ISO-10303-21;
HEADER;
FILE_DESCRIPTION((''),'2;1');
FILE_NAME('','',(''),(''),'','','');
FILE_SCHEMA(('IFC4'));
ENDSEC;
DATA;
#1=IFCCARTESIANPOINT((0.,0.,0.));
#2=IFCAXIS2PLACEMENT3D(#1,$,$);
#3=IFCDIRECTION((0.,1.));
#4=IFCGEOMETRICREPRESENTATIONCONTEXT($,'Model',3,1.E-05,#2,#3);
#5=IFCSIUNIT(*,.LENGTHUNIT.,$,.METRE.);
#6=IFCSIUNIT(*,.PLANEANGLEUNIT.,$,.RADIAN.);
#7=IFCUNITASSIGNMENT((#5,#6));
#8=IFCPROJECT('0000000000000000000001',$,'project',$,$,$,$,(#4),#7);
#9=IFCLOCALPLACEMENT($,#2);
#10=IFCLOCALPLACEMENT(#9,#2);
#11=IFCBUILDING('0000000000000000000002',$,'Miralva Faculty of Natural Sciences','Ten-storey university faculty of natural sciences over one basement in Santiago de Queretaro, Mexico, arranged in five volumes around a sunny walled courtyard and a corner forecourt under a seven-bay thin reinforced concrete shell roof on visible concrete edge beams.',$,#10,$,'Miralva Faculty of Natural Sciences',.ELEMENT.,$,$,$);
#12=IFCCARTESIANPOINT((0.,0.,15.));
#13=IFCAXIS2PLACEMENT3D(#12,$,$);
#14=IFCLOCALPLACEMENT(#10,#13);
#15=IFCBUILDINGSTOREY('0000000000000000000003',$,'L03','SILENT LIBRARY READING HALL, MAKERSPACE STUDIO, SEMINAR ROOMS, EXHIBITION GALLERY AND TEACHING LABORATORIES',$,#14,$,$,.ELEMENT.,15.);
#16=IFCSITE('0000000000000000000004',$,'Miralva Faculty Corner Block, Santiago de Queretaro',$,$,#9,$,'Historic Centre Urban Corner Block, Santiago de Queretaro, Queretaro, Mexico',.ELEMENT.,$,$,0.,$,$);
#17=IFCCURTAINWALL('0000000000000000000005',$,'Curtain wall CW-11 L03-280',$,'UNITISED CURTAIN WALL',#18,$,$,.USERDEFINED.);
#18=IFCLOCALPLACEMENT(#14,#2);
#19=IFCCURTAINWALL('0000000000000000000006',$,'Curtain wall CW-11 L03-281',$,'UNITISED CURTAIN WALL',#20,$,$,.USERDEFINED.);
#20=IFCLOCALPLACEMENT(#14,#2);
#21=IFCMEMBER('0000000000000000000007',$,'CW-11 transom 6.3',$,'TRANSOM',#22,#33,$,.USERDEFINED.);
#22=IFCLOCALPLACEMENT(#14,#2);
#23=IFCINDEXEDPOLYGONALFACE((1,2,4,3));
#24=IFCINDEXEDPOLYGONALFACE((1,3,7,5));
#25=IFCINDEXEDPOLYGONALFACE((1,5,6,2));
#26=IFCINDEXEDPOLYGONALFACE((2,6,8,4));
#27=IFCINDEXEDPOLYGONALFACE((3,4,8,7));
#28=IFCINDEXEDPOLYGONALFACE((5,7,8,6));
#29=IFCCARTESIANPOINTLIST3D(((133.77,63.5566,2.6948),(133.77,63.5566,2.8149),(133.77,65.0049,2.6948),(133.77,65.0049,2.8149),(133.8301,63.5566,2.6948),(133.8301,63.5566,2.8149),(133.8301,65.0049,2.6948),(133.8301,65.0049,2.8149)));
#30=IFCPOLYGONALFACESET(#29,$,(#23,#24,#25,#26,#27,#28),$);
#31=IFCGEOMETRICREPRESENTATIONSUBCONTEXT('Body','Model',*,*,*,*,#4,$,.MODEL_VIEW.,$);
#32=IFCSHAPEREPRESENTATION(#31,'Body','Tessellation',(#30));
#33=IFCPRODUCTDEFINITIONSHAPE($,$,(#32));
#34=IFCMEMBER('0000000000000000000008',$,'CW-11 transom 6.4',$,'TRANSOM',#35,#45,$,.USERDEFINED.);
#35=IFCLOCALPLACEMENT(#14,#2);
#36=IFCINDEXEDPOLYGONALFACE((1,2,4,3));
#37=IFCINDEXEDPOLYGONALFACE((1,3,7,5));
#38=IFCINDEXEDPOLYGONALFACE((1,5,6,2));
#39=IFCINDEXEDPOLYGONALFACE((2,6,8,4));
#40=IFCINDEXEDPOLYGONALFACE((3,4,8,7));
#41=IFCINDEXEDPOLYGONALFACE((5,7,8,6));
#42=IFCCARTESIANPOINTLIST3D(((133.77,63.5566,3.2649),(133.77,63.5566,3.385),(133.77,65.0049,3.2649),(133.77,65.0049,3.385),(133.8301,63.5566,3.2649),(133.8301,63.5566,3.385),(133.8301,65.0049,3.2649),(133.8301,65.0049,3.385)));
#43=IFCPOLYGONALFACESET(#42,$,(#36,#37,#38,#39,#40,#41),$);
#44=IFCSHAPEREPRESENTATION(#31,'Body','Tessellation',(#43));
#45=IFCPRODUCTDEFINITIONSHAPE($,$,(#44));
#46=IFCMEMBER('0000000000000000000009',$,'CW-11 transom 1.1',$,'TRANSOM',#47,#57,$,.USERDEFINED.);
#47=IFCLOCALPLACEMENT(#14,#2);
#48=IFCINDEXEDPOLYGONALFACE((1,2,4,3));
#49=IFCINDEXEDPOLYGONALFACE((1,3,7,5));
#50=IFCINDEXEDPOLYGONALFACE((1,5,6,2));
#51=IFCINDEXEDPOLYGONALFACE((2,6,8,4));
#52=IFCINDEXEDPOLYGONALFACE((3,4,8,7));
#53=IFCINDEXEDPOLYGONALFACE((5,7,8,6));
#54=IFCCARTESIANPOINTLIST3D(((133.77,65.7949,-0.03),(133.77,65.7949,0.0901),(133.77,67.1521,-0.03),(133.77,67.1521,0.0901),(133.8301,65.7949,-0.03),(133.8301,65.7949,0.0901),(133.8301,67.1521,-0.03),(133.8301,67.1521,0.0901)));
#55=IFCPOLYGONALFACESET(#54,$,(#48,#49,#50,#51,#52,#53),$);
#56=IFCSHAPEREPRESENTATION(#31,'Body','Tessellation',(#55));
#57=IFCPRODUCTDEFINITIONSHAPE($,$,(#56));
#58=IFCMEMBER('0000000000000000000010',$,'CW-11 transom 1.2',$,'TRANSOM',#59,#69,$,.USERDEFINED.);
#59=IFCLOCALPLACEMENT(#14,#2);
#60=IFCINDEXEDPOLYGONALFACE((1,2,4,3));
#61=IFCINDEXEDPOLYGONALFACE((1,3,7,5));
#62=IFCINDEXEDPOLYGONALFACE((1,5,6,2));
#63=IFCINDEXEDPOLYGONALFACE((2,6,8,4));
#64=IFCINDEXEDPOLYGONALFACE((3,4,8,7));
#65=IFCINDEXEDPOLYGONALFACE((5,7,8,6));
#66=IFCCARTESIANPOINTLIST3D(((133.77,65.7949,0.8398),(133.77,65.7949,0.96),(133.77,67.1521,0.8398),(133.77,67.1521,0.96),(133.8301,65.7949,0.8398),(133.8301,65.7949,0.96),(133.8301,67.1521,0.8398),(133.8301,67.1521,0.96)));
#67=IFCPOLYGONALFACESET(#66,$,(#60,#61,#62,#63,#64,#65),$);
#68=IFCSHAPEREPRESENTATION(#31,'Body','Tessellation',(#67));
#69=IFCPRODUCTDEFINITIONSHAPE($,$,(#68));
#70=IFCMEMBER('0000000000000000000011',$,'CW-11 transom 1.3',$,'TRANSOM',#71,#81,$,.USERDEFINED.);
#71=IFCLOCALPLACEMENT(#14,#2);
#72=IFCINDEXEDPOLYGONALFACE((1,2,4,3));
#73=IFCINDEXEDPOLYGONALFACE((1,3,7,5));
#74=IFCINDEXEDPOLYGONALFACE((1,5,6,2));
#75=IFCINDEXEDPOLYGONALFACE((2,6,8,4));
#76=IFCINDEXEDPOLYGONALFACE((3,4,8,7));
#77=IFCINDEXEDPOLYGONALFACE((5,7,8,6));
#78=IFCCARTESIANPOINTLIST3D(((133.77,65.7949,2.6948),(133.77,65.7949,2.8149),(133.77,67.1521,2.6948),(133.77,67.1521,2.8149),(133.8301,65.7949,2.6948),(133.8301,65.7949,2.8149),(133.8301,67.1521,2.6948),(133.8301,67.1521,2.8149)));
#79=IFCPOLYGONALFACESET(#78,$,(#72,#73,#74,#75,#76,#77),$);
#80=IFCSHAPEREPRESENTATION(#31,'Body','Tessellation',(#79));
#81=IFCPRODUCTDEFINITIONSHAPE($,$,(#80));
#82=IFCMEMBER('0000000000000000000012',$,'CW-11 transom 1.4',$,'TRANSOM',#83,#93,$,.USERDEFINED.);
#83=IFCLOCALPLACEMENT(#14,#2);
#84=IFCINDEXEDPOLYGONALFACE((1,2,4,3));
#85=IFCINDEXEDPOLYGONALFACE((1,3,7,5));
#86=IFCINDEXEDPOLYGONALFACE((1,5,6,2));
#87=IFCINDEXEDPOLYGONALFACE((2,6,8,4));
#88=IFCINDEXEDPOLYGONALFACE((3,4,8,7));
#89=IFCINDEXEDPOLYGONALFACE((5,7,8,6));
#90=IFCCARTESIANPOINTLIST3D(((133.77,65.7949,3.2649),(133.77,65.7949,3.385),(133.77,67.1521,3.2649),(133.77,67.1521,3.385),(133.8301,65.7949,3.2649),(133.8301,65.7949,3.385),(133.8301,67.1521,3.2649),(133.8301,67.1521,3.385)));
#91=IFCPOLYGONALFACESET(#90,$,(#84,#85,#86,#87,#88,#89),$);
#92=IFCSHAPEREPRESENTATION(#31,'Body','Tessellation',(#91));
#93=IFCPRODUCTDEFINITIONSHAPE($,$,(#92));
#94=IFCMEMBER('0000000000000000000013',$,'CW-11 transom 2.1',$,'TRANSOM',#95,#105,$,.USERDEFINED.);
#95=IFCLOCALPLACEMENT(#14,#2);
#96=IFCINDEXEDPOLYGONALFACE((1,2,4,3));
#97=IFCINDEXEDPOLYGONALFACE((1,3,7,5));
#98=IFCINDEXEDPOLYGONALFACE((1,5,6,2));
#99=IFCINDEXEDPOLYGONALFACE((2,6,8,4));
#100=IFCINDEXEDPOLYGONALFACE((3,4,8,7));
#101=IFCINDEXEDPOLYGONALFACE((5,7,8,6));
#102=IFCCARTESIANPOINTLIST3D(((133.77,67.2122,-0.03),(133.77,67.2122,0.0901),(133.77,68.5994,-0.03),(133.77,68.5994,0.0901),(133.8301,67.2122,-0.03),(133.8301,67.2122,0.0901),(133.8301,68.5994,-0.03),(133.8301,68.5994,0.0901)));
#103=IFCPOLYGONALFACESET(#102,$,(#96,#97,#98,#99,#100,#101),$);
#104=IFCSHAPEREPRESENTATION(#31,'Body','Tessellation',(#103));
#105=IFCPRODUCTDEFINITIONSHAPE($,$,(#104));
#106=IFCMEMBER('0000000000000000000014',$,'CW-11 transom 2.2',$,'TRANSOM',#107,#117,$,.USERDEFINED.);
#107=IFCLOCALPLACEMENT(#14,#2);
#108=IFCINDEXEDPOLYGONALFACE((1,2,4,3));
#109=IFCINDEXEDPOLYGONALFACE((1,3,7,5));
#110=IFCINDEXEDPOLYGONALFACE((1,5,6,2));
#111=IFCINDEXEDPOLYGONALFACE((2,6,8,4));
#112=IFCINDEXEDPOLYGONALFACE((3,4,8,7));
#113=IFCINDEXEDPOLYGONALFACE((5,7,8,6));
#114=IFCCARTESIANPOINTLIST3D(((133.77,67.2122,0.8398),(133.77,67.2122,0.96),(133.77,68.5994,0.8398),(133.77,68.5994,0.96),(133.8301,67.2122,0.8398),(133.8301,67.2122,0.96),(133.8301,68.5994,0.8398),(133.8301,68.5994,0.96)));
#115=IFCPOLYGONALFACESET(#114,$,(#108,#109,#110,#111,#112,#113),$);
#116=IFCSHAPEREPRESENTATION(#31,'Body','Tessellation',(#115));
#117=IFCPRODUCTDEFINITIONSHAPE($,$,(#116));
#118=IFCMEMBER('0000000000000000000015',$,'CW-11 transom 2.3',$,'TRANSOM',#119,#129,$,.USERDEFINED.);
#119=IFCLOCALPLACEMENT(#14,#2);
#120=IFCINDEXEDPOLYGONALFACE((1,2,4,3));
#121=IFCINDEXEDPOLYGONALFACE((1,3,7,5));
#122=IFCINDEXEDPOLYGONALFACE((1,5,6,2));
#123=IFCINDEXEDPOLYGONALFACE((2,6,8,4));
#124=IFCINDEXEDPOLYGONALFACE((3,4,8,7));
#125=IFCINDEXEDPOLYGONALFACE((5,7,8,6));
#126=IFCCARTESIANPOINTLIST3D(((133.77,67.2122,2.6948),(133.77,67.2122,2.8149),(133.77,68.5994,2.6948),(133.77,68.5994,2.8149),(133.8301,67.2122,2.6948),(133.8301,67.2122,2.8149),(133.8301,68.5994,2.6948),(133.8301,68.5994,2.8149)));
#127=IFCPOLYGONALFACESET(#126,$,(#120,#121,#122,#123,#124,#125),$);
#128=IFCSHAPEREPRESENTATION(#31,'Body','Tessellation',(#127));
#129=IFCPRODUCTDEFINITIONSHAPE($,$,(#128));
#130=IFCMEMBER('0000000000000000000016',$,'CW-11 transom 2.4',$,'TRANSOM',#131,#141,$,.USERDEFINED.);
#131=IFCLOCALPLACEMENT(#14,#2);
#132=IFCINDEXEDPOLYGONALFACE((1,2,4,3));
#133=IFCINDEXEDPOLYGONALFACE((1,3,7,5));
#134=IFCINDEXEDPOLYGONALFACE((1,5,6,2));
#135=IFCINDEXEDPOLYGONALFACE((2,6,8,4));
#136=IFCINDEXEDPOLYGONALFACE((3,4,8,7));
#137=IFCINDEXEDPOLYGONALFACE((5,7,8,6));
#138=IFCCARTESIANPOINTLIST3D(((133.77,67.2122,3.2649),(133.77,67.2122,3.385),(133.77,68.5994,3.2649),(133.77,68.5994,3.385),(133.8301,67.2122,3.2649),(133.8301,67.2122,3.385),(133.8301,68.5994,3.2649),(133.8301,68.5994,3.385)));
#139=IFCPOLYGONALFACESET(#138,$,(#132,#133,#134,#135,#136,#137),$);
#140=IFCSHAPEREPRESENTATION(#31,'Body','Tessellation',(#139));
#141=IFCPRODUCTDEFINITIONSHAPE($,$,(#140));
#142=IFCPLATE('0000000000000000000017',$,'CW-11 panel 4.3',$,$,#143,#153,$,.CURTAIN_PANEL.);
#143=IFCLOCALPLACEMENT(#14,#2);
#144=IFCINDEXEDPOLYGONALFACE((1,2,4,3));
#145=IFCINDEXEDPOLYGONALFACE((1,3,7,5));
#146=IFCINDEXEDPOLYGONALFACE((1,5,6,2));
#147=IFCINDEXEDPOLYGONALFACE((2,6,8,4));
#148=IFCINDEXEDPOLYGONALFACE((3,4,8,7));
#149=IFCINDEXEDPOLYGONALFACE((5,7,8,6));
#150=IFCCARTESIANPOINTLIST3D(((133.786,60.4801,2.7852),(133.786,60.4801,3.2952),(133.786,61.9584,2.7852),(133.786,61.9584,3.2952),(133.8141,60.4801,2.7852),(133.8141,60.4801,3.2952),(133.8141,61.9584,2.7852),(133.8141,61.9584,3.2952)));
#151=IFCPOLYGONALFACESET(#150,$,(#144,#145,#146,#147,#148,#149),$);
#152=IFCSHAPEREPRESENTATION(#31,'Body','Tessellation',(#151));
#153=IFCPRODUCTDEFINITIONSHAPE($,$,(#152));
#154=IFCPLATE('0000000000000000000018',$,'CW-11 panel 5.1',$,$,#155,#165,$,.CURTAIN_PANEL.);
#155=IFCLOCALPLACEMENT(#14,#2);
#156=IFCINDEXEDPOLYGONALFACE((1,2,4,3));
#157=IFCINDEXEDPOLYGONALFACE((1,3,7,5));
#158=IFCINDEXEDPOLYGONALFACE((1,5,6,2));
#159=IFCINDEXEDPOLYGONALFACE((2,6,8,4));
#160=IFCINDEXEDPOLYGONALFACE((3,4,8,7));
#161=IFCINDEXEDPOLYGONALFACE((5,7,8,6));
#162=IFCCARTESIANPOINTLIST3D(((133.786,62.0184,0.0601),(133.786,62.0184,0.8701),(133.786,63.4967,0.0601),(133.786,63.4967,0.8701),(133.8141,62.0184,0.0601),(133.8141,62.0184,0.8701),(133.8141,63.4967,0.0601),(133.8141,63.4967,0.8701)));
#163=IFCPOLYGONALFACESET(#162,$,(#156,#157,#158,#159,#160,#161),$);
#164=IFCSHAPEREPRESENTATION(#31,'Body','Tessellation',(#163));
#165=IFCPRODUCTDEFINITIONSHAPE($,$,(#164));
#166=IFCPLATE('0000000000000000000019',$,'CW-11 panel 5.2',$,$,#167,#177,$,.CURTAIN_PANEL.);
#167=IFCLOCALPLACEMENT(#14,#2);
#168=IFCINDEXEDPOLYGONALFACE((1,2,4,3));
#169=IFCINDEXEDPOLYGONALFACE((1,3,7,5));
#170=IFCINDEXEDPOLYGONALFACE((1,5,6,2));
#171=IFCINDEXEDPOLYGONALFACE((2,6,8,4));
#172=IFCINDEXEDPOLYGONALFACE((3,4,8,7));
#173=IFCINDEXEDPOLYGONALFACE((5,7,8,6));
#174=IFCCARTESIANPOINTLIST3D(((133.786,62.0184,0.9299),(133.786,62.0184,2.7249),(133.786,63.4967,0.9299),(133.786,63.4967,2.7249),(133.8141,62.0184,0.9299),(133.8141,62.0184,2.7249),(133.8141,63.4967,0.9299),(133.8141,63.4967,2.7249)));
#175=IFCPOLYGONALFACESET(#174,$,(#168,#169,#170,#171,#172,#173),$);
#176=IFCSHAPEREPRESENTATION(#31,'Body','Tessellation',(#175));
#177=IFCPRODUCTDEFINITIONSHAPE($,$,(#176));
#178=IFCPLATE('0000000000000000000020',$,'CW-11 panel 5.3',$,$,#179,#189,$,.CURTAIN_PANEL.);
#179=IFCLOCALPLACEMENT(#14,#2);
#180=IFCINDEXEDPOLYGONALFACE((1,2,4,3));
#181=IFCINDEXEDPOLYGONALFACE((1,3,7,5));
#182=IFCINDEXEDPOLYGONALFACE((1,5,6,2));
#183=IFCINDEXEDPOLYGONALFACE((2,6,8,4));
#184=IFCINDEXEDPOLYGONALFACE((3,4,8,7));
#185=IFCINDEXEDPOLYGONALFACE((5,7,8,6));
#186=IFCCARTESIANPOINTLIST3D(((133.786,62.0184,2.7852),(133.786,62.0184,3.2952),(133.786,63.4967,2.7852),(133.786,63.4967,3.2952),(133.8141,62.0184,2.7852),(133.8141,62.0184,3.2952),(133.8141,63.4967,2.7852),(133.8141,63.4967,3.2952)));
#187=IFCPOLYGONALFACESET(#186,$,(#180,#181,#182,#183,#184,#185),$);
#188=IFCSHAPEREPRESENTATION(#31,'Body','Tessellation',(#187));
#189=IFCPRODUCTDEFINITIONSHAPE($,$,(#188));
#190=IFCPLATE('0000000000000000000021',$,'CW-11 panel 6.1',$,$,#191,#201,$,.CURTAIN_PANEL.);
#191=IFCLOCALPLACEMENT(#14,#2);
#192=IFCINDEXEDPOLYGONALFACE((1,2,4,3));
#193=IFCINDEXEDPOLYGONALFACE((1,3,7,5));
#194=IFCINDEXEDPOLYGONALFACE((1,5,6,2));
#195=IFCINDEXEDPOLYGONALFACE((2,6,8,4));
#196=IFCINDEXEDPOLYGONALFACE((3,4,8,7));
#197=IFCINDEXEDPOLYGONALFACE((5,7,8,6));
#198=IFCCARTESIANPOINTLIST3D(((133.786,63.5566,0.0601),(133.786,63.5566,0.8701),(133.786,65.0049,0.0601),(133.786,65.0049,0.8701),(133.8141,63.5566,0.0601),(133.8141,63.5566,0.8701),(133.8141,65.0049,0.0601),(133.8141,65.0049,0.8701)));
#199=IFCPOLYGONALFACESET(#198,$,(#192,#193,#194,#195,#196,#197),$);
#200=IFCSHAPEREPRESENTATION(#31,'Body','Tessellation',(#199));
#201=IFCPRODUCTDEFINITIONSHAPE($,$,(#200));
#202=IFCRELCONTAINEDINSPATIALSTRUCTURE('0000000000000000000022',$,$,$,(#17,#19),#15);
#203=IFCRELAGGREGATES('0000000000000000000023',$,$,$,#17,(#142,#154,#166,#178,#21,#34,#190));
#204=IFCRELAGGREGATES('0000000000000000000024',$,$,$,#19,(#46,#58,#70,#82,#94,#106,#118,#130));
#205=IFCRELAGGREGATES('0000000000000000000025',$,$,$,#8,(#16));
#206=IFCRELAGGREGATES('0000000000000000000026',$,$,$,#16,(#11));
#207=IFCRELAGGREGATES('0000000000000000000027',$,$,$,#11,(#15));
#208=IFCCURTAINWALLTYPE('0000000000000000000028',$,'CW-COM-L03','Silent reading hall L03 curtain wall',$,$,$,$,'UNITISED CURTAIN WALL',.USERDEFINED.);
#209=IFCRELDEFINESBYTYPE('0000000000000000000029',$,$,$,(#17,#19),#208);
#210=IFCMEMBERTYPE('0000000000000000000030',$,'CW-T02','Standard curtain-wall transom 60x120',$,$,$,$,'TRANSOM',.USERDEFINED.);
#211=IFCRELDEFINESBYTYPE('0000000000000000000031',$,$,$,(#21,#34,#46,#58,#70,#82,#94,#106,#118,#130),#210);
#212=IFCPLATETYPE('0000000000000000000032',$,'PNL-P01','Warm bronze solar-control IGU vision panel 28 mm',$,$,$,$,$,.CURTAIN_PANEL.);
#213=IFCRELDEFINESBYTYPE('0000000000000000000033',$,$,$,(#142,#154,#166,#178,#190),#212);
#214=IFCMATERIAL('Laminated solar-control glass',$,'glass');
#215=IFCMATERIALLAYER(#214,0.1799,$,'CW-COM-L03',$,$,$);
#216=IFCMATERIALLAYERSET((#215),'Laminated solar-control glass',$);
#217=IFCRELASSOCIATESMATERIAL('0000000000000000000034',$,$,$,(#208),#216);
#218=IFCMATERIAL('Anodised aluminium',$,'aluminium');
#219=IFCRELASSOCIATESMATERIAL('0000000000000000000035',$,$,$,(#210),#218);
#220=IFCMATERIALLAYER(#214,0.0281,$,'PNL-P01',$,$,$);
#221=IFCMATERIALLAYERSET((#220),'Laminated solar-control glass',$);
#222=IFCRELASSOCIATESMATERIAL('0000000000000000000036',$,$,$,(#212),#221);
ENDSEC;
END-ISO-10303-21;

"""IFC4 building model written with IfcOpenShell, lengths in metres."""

from ifc_helpers import new_model, si_unit, direction, frame, origin, origin_2d, place, context, subcontext, project, spatial, rectangle, extrude, material, layer, layer_set, material_profile, profile_set, type_object, element, aggregate, save


model = new_model("IFC4")

# Units and contexts
model_context = context("Model", 3, precision=1e-05, world=origin(), true_north=direction((0.0, 1.0)))
body_context = subcontext(model_context, "Body", "Model", "MODEL_VIEW")
ifc_project = project(units=[si_unit("LENGTHUNIT", "METRE"), si_unit("PLANEANGLEUNIT", "RADIAN")], contexts=[model_context])

# Site, building, storey
site_placement = place(None, origin())
site = spatial("IfcSite", under=ifc_project, at=site_placement, Name="Miralva Faculty Corner Block, Santiago de Queretaro", LongName="Historic Centre Urban Corner Block, Santiago de Queretaro, Queretaro, Mexico", CompositionType="ELEMENT", RefElevation=0.0)
building_placement = place(site_placement, origin())
building = spatial("IfcBuilding", under=site, at=building_placement, Name="Miralva Faculty of Natural Sciences", Description="Ten-storey university faculty of natural sciences over one basement in Santiago de Queretaro, Mexico, arranged in five volumes around a sunny walled courtyard and a corner forecourt under a seven-bay thin reinforced concrete shell roof on visible concrete edge beams.", LongName="Miralva Faculty of Natural Sciences", CompositionType="ELEMENT")
storey_placement = place(building_placement, frame((0.0, 0.0, 15.0)))
storey = spatial("IfcBuildingStorey", under=building, at=storey_placement, Name="L03", Description="SILENT LIBRARY READING HALL, MAKERSPACE STUDIO, SEMINAR ROOMS, EXHIBITION GALLERY AND TEACHING LABORATORIES", CompositionType="ELEMENT", Elevation=15.0)

# Curtain walls
ifc_material_1 = material(Name="Laminated solar-control glass", Category="glass")
ifc_layer_1 = layer(ifc_material_1, 0.1799, Name="CW-COM-L03")
ifc_layer_set_1 = layer_set([ifc_layer_1], Name="Laminated solar-control glass")
curtain_wall_type = type_object("IfcCurtainWallType", Name="CW-COM-L03", Description="Silent reading hall L03 curtain wall", ElementType="UNITISED CURTAIN WALL", PredefinedType="USERDEFINED", material=ifc_layer_set_1)
curtain_wall_1_placement = place(storey_placement, origin())
curtain_wall_1 = element("IfcCurtainWall", 1, at=curtain_wall_1_placement, inside=storey, type_object=curtain_wall_type, Name="Curtain wall CW-11 L03-280", ObjectType="UNITISED CURTAIN WALL", PredefinedType="USERDEFINED")
ifc_material_2 = material(Name="Anodised aluminium", Category="aluminium")
curtain_wall_2_placement = place(storey_placement, origin())
curtain_wall_2 = element("IfcCurtainWall", 2, at=curtain_wall_2_placement, inside=storey, type_object=curtain_wall_type, Name="Curtain wall CW-11 L03-281", ObjectType="UNITISED CURTAIN WALL", PredefinedType="USERDEFINED")

# Members
ifc_material_profile_1 = material_profile(ifc_material_2, rectangle(XDim=0.0601, YDim=0.1201, at=origin_2d()), Name="TRANSOM 60x120")
ifc_profile_set_1 = profile_set([ifc_material_profile_1], Name="Anodised aluminium")
member_type_1 = type_object("IfcMemberType", Name="CW-T02", Description="Standard curtain-wall transom 60x120", ElementType="TRANSOM", PredefinedType="USERDEFINED", material=ifc_profile_set_1)
member_1_placement = place(storey_placement, frame((133.8, 63.5566, 2.7549), z_axis=(0.0, 1.0, 0.0), x_axis=(-1.0, 0.0, 0.0)))
member_1 = element("IfcMember", 3, at=member_1_placement, type_object=member_type_1, Name="CW-11 transom 6.3", ObjectType="TRANSOM", PredefinedType="USERDEFINED", context=body_context, shape_type="SweptSolid", body=[
    extrude(rectangle(XDim=0.0601, YDim=0.1201, at=origin_2d()), origin(), (0.0, 0.0, 1.0), 1.4482),
])
member_2_placement = place(storey_placement, frame((133.8, 63.5566, 3.325), z_axis=(0.0, 1.0, 0.0), x_axis=(-1.0, 0.0, 0.0)))
member_2 = element("IfcMember", 4, at=member_2_placement, type_object=member_type_1, Name="CW-11 transom 6.4", ObjectType="TRANSOM", PredefinedType="USERDEFINED", context=body_context, shape_type="SweptSolid", body=[
    extrude(rectangle(XDim=0.0601, YDim=0.1201, at=origin_2d()), origin(), (0.0, 0.0, 1.0), 1.4482),
])
member_3_placement = place(storey_placement, frame((133.8, 65.7949, 0.03), z_axis=(0.0, 1.0, 0.0), x_axis=(-1.0, 0.0, 0.0)))
member_3 = element("IfcMember", 5, at=member_3_placement, type_object=member_type_1, Name="CW-11 transom 1.1", ObjectType="TRANSOM", PredefinedType="USERDEFINED", context=body_context, shape_type="SweptSolid", body=[
    extrude(rectangle(XDim=0.0601, YDim=0.1201, at=origin_2d()), origin(), (0.0, 0.0, 1.0), 1.3572),
])
member_4_placement = place(storey_placement, frame((133.8, 65.7949, 0.8999), z_axis=(0.0, 1.0, 0.0), x_axis=(-1.0, 0.0, 0.0)))
member_4 = element("IfcMember", 6, at=member_4_placement, type_object=member_type_1, Name="CW-11 transom 1.2", ObjectType="TRANSOM", PredefinedType="USERDEFINED", context=body_context, shape_type="SweptSolid", body=[
    extrude(rectangle(XDim=0.0601, YDim=0.1201, at=origin_2d()), origin(), (0.0, 0.0, 1.0), 1.3572),
])
member_5_placement = place(storey_placement, frame((133.8, 65.7949, 2.7549), z_axis=(0.0, 1.0, 0.0), x_axis=(-1.0, 0.0, 0.0)))
member_5 = element("IfcMember", 7, at=member_5_placement, type_object=member_type_1, Name="CW-11 transom 1.3", ObjectType="TRANSOM", PredefinedType="USERDEFINED", context=body_context, shape_type="SweptSolid", body=[
    extrude(rectangle(XDim=0.0601, YDim=0.1201, at=origin_2d()), origin(), (0.0, 0.0, 1.0), 1.3572),
])
member_6_placement = place(storey_placement, frame((133.8, 65.7949, 3.325), z_axis=(0.0, 1.0, 0.0), x_axis=(-1.0, 0.0, 0.0)))
member_6 = element("IfcMember", 8, at=member_6_placement, type_object=member_type_1, Name="CW-11 transom 1.4", ObjectType="TRANSOM", PredefinedType="USERDEFINED", context=body_context, shape_type="SweptSolid", body=[
    extrude(rectangle(XDim=0.0601, YDim=0.1201, at=origin_2d()), origin(), (0.0, 0.0, 1.0), 1.3572),
])
member_7_placement = place(storey_placement, frame((133.8, 67.2122, 0.03), z_axis=(0.0, 1.0, 0.0), x_axis=(-1.0, 0.0, 0.0)))
member_7 = element("IfcMember", 9, at=member_7_placement, type_object=member_type_1, Name="CW-11 transom 2.1", ObjectType="TRANSOM", PredefinedType="USERDEFINED", context=body_context, shape_type="SweptSolid", body=[
    extrude(rectangle(XDim=0.0601, YDim=0.1201, at=origin_2d()), origin(), (0.0, 0.0, 1.0), 1.3872),
])
member_8_placement = place(storey_placement, frame((133.8, 67.2122, 0.8999), z_axis=(0.0, 1.0, 0.0), x_axis=(-1.0, 0.0, 0.0)))
member_8 = element("IfcMember", 10, at=member_8_placement, type_object=member_type_1, Name="CW-11 transom 2.2", ObjectType="TRANSOM", PredefinedType="USERDEFINED", context=body_context, shape_type="SweptSolid", body=[
    extrude(rectangle(XDim=0.0601, YDim=0.1201, at=origin_2d()), origin(), (0.0, 0.0, 1.0), 1.3872),
])
member_9_placement = place(storey_placement, frame((133.8, 67.2122, 2.7549), z_axis=(0.0, 1.0, 0.0), x_axis=(-1.0, 0.0, 0.0)))
member_9 = element("IfcMember", 11, at=member_9_placement, type_object=member_type_1, Name="CW-11 transom 2.3", ObjectType="TRANSOM", PredefinedType="USERDEFINED", context=body_context, shape_type="SweptSolid", body=[
    extrude(rectangle(XDim=0.0601, YDim=0.1201, at=origin_2d()), origin(), (0.0, 0.0, 1.0), 1.3872),
])
member_10_placement = place(storey_placement, frame((133.8, 67.2122, 3.325), z_axis=(0.0, 1.0, 0.0), x_axis=(-1.0, 0.0, 0.0)))
member_10 = element("IfcMember", 12, at=member_10_placement, type_object=member_type_1, Name="CW-11 transom 2.4", ObjectType="TRANSOM", PredefinedType="USERDEFINED", context=body_context, shape_type="SweptSolid", body=[
    extrude(rectangle(XDim=0.0601, YDim=0.1201, at=origin_2d()), origin(), (0.0, 0.0, 1.0), 1.3872),
])

# Plates
ifc_layer_2 = layer(ifc_material_1, 0.0281, Name="PNL-P01")
ifc_layer_set_2 = layer_set([ifc_layer_2], Name="Laminated solar-control glass")
plate_type = type_object("IfcPlateType", Name="PNL-P01", Description="Warm bronze solar-control IGU vision panel 28 mm", PredefinedType="CURTAIN_PANEL", material=ifc_layer_set_2)
plate_1_placement = place(storey_placement, frame((133.8, 61.2192, 2.7852), z_axis=(0.0, 0.0, 1.0), x_axis=(0.0, 1.0, 0.0)))
plate_1 = element("IfcPlate", 13, at=plate_1_placement, type_object=plate_type, Name="CW-11 panel 4.3", PredefinedType="CURTAIN_PANEL", context=body_context, shape_type="SweptSolid", body=[
    extrude(rectangle(XDim=1.4783, YDim=0.0281, at=origin_2d()), origin(), (0.0, 0.0, 1.0), 0.51),
])
plate_2_placement = place(storey_placement, frame((133.8, 62.7576, 0.0601), z_axis=(0.0, 0.0, 1.0), x_axis=(0.0, 1.0, 0.0)))
plate_2 = element("IfcPlate", 14, at=plate_2_placement, type_object=plate_type, Name="CW-11 panel 5.1", PredefinedType="CURTAIN_PANEL", context=body_context, shape_type="SweptSolid", body=[
    extrude(rectangle(XDim=1.4783, YDim=0.0281, at=origin_2d()), origin(), (0.0, 0.0, 1.0), 0.8101),
])
plate_3_placement = place(storey_placement, frame((133.8, 62.7576, 0.9299), z_axis=(0.0, 0.0, 1.0), x_axis=(0.0, 1.0, 0.0)))
plate_3 = element("IfcPlate", 15, at=plate_3_placement, type_object=plate_type, Name="CW-11 panel 5.2", PredefinedType="CURTAIN_PANEL", context=body_context, shape_type="SweptSolid", body=[
    extrude(rectangle(XDim=1.4783, YDim=0.0281, at=origin_2d()), origin(), (0.0, 0.0, 1.0), 1.7949),
])
plate_4_placement = place(storey_placement, frame((133.8, 62.7576, 2.7852), z_axis=(0.0, 0.0, 1.0), x_axis=(0.0, 1.0, 0.0)))
plate_4 = element("IfcPlate", 16, at=plate_4_placement, type_object=plate_type, Name="CW-11 panel 5.3", PredefinedType="CURTAIN_PANEL", context=body_context, shape_type="SweptSolid", body=[
    extrude(rectangle(XDim=1.4783, YDim=0.0281, at=origin_2d()), origin(), (0.0, 0.0, 1.0), 0.51),
])
plate_5_placement = place(storey_placement, frame((133.8, 64.2808, 0.0601), z_axis=(0.0, 0.0, 1.0), x_axis=(0.0, 1.0, 0.0)))
plate_5 = element("IfcPlate", 17, at=plate_5_placement, type_object=plate_type, Name="CW-11 panel 6.1", PredefinedType="CURTAIN_PANEL", context=body_context, shape_type="SweptSolid", body=[
    extrude(rectangle(XDim=1.4482, YDim=0.0281, at=origin_2d()), origin(), (0.0, 0.0, 1.0), 0.8101),
])
aggregate(curtain_wall_1, [plate_1, plate_2, plate_3, plate_4, member_1, member_2, plate_5])
aggregate(curtain_wall_2, [member_3, member_4, member_5, member_6, member_7, member_8, member_9, member_10])

save(model, "model.ifc")
